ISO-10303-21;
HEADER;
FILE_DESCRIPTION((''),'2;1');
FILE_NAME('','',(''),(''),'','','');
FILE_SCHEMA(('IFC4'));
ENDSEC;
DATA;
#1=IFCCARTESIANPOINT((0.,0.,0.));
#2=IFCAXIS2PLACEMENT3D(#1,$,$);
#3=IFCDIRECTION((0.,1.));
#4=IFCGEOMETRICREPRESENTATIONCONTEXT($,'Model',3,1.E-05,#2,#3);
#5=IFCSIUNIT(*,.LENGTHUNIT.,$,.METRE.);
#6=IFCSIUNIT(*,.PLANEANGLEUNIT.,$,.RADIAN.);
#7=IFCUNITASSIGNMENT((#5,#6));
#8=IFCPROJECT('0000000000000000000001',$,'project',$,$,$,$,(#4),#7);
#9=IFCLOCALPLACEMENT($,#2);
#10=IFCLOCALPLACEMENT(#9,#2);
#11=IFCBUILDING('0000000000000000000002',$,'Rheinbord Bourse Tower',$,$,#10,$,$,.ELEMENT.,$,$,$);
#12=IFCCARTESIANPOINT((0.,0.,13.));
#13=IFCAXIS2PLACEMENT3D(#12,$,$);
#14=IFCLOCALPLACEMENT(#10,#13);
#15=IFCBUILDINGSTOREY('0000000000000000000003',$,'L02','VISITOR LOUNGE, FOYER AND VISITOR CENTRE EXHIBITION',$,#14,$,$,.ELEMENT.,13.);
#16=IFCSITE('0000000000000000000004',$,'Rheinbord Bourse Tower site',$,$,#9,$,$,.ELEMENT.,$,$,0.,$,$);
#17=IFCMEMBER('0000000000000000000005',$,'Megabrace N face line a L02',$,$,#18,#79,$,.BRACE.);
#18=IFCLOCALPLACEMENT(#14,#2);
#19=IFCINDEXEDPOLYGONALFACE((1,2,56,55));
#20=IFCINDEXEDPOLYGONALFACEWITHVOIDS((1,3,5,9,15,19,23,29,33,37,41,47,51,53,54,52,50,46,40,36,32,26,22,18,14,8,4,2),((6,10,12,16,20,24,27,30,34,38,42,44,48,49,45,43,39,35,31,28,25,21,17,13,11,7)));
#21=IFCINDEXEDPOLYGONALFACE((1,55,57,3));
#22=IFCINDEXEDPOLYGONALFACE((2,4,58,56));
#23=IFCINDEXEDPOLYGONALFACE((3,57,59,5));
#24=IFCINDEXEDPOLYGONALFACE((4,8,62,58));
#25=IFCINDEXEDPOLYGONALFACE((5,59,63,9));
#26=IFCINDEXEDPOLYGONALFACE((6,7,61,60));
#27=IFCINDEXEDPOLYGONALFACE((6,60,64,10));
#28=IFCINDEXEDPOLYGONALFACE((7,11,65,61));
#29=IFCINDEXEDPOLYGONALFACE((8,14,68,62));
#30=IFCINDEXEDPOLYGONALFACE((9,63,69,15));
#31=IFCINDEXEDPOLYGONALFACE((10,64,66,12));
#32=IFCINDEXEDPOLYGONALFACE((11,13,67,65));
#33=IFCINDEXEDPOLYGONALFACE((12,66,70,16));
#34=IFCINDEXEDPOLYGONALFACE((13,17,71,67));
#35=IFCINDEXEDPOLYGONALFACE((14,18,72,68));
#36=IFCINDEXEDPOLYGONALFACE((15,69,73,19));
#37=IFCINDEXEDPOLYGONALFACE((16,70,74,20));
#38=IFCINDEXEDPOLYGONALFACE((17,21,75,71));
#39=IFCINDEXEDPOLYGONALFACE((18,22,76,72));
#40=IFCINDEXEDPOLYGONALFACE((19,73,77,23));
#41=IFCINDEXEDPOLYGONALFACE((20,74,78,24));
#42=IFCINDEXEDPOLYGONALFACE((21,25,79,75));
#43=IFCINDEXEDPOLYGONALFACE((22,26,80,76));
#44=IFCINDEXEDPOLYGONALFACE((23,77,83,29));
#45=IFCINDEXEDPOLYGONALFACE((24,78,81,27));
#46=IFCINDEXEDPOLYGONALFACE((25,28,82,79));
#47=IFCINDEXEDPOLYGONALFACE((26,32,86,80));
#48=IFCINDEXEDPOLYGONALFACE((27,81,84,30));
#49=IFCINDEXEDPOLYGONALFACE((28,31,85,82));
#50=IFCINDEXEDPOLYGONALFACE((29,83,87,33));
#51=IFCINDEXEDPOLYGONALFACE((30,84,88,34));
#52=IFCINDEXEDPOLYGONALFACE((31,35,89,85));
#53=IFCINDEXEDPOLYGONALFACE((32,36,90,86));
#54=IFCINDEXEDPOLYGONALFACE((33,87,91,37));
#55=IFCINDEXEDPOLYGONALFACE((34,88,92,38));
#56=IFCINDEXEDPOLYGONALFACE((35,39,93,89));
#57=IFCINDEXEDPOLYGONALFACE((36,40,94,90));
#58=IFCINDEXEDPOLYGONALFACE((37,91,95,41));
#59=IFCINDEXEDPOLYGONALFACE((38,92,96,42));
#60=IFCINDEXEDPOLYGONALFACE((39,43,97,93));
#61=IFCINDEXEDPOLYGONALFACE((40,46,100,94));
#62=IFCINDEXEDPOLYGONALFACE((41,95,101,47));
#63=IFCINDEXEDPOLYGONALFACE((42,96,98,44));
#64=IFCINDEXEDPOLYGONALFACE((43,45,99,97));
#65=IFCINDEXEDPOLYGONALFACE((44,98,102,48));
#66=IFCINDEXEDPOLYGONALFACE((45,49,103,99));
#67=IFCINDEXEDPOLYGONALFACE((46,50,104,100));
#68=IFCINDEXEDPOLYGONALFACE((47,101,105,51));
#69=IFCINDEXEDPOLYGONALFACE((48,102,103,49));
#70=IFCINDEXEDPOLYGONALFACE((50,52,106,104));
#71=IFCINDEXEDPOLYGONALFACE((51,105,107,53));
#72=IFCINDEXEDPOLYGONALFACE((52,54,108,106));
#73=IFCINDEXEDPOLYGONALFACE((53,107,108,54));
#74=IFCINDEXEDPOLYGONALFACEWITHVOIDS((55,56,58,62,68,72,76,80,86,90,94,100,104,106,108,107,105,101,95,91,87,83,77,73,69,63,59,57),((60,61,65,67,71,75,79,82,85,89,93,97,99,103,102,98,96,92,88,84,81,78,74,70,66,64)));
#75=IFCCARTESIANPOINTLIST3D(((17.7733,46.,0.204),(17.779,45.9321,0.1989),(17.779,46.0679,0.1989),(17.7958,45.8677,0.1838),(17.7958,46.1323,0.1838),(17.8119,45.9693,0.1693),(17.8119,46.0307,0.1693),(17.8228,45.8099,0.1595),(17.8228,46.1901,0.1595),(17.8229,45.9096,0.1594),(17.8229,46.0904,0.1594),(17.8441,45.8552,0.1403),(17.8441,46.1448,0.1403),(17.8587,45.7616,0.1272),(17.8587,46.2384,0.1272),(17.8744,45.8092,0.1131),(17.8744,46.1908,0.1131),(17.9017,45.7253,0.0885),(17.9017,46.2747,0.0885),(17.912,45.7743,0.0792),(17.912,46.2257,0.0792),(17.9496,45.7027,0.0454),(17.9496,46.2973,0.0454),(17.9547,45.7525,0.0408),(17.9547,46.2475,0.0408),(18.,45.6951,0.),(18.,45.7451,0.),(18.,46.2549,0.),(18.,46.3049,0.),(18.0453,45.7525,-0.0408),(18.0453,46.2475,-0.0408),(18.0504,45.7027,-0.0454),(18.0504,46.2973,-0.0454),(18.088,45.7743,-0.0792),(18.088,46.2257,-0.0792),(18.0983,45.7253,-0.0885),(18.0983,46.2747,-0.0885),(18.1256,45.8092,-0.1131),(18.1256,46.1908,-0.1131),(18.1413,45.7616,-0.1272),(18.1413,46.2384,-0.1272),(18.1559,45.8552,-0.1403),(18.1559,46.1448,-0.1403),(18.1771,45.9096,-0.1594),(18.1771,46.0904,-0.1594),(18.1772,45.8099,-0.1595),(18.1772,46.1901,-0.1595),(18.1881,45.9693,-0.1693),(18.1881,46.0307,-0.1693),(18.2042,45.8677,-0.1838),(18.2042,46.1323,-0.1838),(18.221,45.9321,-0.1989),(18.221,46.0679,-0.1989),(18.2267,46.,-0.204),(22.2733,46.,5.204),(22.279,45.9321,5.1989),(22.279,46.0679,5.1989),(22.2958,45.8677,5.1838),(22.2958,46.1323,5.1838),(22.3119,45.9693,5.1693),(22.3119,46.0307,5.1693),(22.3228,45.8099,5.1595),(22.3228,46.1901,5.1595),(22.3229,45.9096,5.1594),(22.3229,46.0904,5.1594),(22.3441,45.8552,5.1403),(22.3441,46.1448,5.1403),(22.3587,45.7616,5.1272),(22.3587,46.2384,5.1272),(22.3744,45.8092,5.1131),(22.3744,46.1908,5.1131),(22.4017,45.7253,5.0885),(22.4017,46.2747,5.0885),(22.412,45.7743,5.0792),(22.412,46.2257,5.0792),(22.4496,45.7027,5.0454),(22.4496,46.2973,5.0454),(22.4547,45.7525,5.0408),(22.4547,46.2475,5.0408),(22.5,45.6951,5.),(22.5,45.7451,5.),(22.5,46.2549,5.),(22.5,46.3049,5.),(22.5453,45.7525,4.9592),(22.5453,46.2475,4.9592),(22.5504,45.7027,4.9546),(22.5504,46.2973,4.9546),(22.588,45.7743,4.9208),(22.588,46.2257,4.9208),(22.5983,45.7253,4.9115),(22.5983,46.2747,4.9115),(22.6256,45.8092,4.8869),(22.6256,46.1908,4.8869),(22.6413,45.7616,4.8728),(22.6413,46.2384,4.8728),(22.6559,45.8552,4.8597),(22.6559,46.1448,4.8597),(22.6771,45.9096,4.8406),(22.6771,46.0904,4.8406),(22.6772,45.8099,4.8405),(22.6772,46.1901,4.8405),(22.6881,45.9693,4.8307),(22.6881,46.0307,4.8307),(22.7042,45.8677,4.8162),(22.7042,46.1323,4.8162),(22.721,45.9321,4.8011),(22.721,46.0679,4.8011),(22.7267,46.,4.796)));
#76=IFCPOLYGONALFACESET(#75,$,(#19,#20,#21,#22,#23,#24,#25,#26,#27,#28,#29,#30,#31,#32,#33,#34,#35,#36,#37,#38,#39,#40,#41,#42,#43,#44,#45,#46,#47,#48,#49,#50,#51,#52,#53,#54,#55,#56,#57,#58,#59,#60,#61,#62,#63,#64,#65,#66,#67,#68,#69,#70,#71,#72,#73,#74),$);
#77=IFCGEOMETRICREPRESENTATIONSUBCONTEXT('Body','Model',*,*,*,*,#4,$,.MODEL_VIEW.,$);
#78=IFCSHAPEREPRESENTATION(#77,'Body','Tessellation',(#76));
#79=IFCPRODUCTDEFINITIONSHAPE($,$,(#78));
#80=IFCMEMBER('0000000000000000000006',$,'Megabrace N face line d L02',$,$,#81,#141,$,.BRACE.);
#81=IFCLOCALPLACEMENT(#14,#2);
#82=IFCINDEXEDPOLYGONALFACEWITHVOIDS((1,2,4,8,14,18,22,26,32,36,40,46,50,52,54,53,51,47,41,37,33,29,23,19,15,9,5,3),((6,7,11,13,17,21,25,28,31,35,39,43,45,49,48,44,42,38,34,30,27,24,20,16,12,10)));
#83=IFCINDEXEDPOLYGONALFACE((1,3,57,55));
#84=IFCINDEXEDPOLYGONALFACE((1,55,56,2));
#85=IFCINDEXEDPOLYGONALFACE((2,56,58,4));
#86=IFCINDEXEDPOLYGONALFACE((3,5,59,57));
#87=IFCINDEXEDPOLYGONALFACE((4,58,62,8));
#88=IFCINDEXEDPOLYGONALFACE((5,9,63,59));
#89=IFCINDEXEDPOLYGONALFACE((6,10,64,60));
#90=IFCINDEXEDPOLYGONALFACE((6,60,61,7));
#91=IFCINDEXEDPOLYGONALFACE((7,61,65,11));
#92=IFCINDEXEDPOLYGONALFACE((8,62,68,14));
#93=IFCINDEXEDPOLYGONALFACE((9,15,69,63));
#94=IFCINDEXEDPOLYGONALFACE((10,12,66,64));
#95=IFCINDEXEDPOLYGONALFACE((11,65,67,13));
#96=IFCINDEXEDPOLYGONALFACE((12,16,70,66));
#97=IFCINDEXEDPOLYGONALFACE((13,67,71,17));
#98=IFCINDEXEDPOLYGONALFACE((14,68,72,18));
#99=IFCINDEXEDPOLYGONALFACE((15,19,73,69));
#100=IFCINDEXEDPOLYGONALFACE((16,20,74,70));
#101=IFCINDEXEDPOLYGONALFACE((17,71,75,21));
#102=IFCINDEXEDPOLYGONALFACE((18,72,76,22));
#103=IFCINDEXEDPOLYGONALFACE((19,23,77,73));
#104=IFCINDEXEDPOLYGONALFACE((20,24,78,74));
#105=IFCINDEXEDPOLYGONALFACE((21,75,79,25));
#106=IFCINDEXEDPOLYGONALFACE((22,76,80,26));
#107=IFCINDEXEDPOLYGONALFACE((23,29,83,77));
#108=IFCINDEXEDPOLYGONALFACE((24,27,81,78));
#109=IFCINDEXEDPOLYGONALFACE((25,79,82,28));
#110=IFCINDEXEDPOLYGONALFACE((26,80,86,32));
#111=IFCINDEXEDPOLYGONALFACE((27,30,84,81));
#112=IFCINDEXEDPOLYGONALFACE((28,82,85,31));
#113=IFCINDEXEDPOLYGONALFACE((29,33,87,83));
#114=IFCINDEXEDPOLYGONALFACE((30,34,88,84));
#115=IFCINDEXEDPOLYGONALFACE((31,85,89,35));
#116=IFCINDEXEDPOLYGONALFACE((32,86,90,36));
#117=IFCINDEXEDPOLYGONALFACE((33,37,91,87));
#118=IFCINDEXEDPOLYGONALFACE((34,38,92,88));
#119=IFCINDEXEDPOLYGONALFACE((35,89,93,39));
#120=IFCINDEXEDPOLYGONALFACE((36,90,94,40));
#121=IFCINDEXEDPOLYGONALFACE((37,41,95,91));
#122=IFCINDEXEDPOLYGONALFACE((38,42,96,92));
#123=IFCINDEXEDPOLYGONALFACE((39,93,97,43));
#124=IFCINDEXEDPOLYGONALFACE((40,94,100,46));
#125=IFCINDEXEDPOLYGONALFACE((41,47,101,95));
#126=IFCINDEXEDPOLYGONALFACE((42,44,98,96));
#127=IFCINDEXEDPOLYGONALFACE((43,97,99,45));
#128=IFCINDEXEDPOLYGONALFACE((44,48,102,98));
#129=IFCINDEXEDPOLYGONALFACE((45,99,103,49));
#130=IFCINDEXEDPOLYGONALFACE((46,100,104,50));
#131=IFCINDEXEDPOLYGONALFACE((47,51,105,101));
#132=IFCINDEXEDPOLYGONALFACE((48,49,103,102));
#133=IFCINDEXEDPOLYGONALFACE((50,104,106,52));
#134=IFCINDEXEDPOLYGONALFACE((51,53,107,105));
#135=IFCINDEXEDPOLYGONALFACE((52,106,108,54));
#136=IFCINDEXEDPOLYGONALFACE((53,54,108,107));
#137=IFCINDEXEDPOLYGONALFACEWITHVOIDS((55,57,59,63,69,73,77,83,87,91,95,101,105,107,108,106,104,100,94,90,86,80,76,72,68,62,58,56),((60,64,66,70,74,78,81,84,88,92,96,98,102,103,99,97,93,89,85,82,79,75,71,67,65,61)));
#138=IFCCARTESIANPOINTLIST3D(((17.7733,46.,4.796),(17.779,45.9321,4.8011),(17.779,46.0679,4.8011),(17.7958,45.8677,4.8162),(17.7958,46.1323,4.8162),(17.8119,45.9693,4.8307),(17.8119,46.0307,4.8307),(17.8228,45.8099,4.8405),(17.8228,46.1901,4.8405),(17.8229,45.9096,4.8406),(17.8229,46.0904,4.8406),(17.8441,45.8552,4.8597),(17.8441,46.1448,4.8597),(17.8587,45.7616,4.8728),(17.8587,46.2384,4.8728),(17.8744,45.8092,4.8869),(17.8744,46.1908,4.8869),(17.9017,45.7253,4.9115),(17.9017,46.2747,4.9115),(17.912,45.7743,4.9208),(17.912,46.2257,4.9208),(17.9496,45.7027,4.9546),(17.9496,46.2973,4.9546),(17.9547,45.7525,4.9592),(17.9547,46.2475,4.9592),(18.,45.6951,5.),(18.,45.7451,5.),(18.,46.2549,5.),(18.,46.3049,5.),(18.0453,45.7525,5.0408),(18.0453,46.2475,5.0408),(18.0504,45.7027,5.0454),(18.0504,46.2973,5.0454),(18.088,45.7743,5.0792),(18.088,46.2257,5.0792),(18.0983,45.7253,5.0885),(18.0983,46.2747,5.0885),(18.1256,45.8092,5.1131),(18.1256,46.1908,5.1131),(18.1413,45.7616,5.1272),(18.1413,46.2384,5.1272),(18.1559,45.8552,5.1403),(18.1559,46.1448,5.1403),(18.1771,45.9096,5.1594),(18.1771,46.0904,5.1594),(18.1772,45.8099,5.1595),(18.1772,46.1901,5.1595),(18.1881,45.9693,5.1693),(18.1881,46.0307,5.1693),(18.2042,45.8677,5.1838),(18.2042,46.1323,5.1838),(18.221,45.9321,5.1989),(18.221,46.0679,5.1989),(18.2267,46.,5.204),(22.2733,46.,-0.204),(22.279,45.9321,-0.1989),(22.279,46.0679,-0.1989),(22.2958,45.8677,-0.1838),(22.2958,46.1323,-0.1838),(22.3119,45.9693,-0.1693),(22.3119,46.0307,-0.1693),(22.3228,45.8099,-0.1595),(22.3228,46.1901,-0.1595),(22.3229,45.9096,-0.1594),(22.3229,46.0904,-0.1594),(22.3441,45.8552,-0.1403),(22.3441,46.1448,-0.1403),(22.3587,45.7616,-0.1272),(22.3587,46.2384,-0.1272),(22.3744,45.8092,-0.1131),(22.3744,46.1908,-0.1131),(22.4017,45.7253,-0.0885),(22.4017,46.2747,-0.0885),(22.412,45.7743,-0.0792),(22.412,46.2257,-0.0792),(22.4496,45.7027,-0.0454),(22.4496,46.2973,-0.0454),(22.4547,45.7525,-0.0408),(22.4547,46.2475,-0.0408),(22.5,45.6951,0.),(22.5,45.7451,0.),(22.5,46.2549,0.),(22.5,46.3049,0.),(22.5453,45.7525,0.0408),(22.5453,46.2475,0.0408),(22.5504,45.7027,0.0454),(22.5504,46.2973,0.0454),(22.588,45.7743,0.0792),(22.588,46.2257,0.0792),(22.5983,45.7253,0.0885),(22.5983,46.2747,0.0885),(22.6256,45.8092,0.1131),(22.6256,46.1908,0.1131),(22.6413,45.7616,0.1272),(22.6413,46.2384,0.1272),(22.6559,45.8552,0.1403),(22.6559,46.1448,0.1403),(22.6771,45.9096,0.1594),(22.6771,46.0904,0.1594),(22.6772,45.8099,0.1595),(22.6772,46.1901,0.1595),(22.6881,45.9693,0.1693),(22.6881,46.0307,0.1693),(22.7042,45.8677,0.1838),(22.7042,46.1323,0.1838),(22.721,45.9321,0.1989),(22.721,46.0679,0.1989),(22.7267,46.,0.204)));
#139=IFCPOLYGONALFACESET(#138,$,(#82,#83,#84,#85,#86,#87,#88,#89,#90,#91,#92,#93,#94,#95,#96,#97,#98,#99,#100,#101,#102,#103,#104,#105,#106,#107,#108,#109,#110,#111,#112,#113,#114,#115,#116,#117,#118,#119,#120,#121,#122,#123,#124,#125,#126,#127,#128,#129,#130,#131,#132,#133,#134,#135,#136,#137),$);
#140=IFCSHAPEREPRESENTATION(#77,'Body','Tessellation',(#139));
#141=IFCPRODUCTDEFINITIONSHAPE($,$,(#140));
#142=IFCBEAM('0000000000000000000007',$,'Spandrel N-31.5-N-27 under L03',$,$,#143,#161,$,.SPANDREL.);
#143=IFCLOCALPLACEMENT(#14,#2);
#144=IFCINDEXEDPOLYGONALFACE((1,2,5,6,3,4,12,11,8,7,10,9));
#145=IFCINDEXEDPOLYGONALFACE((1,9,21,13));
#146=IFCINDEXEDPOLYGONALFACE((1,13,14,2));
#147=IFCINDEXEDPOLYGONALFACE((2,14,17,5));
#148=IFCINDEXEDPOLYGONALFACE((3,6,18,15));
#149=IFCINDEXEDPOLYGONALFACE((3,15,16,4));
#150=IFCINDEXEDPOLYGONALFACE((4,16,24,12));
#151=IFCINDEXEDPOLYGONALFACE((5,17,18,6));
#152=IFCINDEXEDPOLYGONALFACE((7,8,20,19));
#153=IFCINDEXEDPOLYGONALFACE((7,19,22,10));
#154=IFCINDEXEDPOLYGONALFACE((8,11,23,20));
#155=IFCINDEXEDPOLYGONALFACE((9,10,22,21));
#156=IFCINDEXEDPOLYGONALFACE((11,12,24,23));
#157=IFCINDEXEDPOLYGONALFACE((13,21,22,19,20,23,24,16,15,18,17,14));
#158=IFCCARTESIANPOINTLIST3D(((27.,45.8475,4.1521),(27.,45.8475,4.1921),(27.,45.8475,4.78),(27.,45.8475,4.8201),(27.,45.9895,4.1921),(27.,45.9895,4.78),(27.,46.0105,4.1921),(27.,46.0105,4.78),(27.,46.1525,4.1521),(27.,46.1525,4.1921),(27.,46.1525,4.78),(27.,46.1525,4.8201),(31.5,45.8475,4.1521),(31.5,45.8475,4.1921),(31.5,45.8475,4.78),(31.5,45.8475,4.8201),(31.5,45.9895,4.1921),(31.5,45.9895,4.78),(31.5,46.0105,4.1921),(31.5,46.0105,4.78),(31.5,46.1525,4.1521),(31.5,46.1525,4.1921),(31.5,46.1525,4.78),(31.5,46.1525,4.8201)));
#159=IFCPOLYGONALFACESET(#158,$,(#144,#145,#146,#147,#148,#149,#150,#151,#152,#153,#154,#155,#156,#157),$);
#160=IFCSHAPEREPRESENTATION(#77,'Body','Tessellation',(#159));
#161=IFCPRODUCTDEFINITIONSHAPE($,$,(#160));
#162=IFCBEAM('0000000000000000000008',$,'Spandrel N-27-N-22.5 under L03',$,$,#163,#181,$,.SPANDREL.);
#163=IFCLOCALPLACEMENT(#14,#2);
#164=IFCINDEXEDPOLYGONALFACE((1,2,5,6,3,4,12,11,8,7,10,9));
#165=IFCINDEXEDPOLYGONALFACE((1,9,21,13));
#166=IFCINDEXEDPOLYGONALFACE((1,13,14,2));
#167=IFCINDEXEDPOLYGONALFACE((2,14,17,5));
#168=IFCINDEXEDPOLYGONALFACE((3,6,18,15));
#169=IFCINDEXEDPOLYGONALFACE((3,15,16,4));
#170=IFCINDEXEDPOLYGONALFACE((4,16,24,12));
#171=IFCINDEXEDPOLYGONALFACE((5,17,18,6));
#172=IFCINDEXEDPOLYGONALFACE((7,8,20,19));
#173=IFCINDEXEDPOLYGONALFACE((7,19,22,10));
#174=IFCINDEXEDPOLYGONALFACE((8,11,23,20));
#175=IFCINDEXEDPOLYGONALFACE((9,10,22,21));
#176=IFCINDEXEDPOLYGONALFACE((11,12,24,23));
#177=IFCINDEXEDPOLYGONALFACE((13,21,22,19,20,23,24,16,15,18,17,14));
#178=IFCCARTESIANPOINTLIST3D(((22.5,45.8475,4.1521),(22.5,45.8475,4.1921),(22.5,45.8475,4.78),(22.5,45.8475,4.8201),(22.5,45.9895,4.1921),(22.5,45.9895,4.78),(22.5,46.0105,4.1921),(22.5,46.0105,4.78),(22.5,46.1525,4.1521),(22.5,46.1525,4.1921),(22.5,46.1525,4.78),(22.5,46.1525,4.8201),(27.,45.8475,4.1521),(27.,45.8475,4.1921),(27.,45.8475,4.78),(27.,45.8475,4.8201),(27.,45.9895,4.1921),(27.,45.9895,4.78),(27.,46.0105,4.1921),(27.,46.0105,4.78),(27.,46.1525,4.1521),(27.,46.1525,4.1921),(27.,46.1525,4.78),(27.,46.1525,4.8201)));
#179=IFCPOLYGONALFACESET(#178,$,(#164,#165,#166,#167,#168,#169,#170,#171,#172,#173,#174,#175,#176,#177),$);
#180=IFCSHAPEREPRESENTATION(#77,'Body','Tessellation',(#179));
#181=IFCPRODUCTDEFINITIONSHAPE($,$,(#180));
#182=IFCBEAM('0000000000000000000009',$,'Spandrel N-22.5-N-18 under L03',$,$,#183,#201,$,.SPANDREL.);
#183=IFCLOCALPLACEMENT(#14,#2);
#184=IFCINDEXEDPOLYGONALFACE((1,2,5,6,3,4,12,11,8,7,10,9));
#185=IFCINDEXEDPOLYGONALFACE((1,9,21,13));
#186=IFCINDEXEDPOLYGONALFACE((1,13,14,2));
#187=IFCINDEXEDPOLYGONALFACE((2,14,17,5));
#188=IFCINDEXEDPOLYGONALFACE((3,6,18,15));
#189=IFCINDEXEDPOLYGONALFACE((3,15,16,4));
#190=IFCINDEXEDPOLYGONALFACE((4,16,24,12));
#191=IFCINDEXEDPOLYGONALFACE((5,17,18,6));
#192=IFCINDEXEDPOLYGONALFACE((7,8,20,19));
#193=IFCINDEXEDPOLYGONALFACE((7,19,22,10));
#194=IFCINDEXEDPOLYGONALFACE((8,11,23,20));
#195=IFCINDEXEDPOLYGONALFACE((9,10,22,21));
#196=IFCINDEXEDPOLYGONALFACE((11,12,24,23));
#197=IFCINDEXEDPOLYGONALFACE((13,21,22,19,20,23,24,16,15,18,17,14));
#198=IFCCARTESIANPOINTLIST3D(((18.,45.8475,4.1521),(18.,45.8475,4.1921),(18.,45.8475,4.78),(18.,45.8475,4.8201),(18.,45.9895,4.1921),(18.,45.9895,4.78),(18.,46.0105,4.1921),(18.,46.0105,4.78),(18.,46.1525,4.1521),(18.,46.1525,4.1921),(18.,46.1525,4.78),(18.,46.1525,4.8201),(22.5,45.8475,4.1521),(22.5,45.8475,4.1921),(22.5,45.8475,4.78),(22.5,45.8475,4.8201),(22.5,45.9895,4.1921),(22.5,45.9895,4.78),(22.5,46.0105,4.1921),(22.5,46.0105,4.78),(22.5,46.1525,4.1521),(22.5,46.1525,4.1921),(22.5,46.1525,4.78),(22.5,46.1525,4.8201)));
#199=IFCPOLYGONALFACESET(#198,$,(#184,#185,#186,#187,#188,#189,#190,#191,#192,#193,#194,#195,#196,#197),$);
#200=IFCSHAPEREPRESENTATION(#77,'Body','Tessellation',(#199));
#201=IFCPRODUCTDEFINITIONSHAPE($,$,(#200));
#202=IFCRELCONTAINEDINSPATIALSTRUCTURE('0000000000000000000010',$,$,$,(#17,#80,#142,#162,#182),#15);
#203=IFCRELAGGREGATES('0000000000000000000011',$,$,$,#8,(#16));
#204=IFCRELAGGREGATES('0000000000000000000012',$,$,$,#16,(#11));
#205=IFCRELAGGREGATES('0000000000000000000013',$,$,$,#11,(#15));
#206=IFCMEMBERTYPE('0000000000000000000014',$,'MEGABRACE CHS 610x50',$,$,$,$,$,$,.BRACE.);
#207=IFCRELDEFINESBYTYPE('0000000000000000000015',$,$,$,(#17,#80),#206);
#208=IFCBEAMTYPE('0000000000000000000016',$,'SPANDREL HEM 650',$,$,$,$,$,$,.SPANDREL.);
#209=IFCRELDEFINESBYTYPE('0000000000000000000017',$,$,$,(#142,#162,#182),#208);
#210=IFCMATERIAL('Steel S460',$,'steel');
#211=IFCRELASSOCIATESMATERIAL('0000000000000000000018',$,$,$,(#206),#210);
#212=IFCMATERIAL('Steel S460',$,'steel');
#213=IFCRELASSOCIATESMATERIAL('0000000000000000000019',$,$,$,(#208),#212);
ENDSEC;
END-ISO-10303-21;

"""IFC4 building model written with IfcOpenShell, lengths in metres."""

from ifc_helpers import new_model, si_unit, direction, frame, origin, origin_2d, place, context, subcontext, project, spatial, hollow_circle, i_section, extrude, material, material_profile, profile_set, type_object, element, save


model = new_model("IFC4")

# Units and contexts
model_context = context("Model", 3, precision=1e-05, world=origin(), true_north=direction((0.0, 1.0)))
body_context = subcontext(model_context, "Body", "Model", "MODEL_VIEW")
ifc_project = project(units=[si_unit("LENGTHUNIT", "METRE"), si_unit("PLANEANGLEUNIT", "RADIAN")], contexts=[model_context])

# Site, building, storey
site_placement = place(None, origin())
site = spatial("IfcSite", under=ifc_project, at=site_placement, Name="Rheinbord Bourse Tower site", CompositionType="ELEMENT", RefElevation=0.0)
building_placement = place(site_placement, origin())
building = spatial("IfcBuilding", under=site, at=building_placement, Name="Rheinbord Bourse Tower", CompositionType="ELEMENT")
storey_placement = place(building_placement, frame((0.0, 0.0, 13.0)))
storey = spatial("IfcBuildingStorey", under=building, at=storey_placement, Name="L02", Description="VISITOR LOUNGE, FOYER AND VISITOR CENTRE EXHIBITION", CompositionType="ELEMENT", Elevation=13.0)

# Members
ifc_material_1 = material(Name="Steel S460", Category="steel")
ifc_material_profile_1 = material_profile(ifc_material_1, hollow_circle(Radius=0.3049, WallThickness=0.05, at=origin_2d()), Name="CHS 610x50")
ifc_profile_set_1 = profile_set([ifc_material_profile_1], Name="Steel S460")
member_type_1 = type_object("IfcMemberType", Name="MEGABRACE CHS 610x50", PredefinedType="BRACE", material=ifc_profile_set_1)
for number, where, z_axis, x_axis, name in (
    (1, (18.0, 46.0, 0.0), (0.668965, 0.0, 0.743294), (0.0, 1.0, 0.0), "Megabrace N face line a L02"),
    (2, (22.5, 46.0, 0.0), (-0.668965, 0.0, 0.743294), (0.0, -1.0, 0.0), "Megabrace N face line d L02"),
):
    element("IfcMember", number, at=place(storey_placement, frame(where, z_axis=z_axis, x_axis=x_axis)), inside=storey, type_object=member_type_1, Name=name, PredefinedType="BRACE", context=body_context, shape_type="SweptSolid", body=[
        extrude(hollow_circle(Radius=0.3049, WallThickness=0.05, at=origin_2d()), origin(), (0.0, 0.0, 1.0), 6.7268),
    ])

# Beams
ifc_material_2 = material(Name="Steel S460", Category="steel")
ifc_material_profile_2 = material_profile(ifc_material_2, i_section(OverallWidth=0.3049, OverallDepth=0.668, WebThickness=0.021, FlangeThickness=0.04, at=origin_2d()), Name="HEM 650")
ifc_profile_set_2 = profile_set([ifc_material_profile_2], Name="Steel S460")
beam_type_1 = type_object("IfcBeamType", Name="SPANDREL HEM 650", PredefinedType="SPANDREL", material=ifc_profile_set_2)
for number, where, z_axis, x_axis, name in (
    (3, (31.5, 46.0, 4.4861), (-1.0, 0.0, 0.0), (0.0, -1.0, 0.0), "Spandrel N-31.5-N-27 under L03"),
    (4, (27.0, 46.0, 4.4861), (-1.0, 0.0, 0.0), (0.0, -1.0, 0.0), "Spandrel N-27-N-22.5 under L03"),
    (5, (22.5, 46.0, 4.4861), (-1.0, 0.0, 0.0), (0.0, -1.0, 0.0), "Spandrel N-22.5-N-18 under L03"),
):
    element("IfcBeam", number, at=place(storey_placement, frame(where, z_axis=z_axis, x_axis=x_axis)), inside=storey, type_object=beam_type_1, Name=name, PredefinedType="SPANDREL", context=body_context, shape_type="SweptSolid", body=[
        extrude(i_section(OverallWidth=0.3049, OverallDepth=0.668, WebThickness=0.021, FlangeThickness=0.04, at=origin_2d()), origin(), (0.0, 0.0, 1.0), 4.5),
    ])

save(model, "model.ifc")
